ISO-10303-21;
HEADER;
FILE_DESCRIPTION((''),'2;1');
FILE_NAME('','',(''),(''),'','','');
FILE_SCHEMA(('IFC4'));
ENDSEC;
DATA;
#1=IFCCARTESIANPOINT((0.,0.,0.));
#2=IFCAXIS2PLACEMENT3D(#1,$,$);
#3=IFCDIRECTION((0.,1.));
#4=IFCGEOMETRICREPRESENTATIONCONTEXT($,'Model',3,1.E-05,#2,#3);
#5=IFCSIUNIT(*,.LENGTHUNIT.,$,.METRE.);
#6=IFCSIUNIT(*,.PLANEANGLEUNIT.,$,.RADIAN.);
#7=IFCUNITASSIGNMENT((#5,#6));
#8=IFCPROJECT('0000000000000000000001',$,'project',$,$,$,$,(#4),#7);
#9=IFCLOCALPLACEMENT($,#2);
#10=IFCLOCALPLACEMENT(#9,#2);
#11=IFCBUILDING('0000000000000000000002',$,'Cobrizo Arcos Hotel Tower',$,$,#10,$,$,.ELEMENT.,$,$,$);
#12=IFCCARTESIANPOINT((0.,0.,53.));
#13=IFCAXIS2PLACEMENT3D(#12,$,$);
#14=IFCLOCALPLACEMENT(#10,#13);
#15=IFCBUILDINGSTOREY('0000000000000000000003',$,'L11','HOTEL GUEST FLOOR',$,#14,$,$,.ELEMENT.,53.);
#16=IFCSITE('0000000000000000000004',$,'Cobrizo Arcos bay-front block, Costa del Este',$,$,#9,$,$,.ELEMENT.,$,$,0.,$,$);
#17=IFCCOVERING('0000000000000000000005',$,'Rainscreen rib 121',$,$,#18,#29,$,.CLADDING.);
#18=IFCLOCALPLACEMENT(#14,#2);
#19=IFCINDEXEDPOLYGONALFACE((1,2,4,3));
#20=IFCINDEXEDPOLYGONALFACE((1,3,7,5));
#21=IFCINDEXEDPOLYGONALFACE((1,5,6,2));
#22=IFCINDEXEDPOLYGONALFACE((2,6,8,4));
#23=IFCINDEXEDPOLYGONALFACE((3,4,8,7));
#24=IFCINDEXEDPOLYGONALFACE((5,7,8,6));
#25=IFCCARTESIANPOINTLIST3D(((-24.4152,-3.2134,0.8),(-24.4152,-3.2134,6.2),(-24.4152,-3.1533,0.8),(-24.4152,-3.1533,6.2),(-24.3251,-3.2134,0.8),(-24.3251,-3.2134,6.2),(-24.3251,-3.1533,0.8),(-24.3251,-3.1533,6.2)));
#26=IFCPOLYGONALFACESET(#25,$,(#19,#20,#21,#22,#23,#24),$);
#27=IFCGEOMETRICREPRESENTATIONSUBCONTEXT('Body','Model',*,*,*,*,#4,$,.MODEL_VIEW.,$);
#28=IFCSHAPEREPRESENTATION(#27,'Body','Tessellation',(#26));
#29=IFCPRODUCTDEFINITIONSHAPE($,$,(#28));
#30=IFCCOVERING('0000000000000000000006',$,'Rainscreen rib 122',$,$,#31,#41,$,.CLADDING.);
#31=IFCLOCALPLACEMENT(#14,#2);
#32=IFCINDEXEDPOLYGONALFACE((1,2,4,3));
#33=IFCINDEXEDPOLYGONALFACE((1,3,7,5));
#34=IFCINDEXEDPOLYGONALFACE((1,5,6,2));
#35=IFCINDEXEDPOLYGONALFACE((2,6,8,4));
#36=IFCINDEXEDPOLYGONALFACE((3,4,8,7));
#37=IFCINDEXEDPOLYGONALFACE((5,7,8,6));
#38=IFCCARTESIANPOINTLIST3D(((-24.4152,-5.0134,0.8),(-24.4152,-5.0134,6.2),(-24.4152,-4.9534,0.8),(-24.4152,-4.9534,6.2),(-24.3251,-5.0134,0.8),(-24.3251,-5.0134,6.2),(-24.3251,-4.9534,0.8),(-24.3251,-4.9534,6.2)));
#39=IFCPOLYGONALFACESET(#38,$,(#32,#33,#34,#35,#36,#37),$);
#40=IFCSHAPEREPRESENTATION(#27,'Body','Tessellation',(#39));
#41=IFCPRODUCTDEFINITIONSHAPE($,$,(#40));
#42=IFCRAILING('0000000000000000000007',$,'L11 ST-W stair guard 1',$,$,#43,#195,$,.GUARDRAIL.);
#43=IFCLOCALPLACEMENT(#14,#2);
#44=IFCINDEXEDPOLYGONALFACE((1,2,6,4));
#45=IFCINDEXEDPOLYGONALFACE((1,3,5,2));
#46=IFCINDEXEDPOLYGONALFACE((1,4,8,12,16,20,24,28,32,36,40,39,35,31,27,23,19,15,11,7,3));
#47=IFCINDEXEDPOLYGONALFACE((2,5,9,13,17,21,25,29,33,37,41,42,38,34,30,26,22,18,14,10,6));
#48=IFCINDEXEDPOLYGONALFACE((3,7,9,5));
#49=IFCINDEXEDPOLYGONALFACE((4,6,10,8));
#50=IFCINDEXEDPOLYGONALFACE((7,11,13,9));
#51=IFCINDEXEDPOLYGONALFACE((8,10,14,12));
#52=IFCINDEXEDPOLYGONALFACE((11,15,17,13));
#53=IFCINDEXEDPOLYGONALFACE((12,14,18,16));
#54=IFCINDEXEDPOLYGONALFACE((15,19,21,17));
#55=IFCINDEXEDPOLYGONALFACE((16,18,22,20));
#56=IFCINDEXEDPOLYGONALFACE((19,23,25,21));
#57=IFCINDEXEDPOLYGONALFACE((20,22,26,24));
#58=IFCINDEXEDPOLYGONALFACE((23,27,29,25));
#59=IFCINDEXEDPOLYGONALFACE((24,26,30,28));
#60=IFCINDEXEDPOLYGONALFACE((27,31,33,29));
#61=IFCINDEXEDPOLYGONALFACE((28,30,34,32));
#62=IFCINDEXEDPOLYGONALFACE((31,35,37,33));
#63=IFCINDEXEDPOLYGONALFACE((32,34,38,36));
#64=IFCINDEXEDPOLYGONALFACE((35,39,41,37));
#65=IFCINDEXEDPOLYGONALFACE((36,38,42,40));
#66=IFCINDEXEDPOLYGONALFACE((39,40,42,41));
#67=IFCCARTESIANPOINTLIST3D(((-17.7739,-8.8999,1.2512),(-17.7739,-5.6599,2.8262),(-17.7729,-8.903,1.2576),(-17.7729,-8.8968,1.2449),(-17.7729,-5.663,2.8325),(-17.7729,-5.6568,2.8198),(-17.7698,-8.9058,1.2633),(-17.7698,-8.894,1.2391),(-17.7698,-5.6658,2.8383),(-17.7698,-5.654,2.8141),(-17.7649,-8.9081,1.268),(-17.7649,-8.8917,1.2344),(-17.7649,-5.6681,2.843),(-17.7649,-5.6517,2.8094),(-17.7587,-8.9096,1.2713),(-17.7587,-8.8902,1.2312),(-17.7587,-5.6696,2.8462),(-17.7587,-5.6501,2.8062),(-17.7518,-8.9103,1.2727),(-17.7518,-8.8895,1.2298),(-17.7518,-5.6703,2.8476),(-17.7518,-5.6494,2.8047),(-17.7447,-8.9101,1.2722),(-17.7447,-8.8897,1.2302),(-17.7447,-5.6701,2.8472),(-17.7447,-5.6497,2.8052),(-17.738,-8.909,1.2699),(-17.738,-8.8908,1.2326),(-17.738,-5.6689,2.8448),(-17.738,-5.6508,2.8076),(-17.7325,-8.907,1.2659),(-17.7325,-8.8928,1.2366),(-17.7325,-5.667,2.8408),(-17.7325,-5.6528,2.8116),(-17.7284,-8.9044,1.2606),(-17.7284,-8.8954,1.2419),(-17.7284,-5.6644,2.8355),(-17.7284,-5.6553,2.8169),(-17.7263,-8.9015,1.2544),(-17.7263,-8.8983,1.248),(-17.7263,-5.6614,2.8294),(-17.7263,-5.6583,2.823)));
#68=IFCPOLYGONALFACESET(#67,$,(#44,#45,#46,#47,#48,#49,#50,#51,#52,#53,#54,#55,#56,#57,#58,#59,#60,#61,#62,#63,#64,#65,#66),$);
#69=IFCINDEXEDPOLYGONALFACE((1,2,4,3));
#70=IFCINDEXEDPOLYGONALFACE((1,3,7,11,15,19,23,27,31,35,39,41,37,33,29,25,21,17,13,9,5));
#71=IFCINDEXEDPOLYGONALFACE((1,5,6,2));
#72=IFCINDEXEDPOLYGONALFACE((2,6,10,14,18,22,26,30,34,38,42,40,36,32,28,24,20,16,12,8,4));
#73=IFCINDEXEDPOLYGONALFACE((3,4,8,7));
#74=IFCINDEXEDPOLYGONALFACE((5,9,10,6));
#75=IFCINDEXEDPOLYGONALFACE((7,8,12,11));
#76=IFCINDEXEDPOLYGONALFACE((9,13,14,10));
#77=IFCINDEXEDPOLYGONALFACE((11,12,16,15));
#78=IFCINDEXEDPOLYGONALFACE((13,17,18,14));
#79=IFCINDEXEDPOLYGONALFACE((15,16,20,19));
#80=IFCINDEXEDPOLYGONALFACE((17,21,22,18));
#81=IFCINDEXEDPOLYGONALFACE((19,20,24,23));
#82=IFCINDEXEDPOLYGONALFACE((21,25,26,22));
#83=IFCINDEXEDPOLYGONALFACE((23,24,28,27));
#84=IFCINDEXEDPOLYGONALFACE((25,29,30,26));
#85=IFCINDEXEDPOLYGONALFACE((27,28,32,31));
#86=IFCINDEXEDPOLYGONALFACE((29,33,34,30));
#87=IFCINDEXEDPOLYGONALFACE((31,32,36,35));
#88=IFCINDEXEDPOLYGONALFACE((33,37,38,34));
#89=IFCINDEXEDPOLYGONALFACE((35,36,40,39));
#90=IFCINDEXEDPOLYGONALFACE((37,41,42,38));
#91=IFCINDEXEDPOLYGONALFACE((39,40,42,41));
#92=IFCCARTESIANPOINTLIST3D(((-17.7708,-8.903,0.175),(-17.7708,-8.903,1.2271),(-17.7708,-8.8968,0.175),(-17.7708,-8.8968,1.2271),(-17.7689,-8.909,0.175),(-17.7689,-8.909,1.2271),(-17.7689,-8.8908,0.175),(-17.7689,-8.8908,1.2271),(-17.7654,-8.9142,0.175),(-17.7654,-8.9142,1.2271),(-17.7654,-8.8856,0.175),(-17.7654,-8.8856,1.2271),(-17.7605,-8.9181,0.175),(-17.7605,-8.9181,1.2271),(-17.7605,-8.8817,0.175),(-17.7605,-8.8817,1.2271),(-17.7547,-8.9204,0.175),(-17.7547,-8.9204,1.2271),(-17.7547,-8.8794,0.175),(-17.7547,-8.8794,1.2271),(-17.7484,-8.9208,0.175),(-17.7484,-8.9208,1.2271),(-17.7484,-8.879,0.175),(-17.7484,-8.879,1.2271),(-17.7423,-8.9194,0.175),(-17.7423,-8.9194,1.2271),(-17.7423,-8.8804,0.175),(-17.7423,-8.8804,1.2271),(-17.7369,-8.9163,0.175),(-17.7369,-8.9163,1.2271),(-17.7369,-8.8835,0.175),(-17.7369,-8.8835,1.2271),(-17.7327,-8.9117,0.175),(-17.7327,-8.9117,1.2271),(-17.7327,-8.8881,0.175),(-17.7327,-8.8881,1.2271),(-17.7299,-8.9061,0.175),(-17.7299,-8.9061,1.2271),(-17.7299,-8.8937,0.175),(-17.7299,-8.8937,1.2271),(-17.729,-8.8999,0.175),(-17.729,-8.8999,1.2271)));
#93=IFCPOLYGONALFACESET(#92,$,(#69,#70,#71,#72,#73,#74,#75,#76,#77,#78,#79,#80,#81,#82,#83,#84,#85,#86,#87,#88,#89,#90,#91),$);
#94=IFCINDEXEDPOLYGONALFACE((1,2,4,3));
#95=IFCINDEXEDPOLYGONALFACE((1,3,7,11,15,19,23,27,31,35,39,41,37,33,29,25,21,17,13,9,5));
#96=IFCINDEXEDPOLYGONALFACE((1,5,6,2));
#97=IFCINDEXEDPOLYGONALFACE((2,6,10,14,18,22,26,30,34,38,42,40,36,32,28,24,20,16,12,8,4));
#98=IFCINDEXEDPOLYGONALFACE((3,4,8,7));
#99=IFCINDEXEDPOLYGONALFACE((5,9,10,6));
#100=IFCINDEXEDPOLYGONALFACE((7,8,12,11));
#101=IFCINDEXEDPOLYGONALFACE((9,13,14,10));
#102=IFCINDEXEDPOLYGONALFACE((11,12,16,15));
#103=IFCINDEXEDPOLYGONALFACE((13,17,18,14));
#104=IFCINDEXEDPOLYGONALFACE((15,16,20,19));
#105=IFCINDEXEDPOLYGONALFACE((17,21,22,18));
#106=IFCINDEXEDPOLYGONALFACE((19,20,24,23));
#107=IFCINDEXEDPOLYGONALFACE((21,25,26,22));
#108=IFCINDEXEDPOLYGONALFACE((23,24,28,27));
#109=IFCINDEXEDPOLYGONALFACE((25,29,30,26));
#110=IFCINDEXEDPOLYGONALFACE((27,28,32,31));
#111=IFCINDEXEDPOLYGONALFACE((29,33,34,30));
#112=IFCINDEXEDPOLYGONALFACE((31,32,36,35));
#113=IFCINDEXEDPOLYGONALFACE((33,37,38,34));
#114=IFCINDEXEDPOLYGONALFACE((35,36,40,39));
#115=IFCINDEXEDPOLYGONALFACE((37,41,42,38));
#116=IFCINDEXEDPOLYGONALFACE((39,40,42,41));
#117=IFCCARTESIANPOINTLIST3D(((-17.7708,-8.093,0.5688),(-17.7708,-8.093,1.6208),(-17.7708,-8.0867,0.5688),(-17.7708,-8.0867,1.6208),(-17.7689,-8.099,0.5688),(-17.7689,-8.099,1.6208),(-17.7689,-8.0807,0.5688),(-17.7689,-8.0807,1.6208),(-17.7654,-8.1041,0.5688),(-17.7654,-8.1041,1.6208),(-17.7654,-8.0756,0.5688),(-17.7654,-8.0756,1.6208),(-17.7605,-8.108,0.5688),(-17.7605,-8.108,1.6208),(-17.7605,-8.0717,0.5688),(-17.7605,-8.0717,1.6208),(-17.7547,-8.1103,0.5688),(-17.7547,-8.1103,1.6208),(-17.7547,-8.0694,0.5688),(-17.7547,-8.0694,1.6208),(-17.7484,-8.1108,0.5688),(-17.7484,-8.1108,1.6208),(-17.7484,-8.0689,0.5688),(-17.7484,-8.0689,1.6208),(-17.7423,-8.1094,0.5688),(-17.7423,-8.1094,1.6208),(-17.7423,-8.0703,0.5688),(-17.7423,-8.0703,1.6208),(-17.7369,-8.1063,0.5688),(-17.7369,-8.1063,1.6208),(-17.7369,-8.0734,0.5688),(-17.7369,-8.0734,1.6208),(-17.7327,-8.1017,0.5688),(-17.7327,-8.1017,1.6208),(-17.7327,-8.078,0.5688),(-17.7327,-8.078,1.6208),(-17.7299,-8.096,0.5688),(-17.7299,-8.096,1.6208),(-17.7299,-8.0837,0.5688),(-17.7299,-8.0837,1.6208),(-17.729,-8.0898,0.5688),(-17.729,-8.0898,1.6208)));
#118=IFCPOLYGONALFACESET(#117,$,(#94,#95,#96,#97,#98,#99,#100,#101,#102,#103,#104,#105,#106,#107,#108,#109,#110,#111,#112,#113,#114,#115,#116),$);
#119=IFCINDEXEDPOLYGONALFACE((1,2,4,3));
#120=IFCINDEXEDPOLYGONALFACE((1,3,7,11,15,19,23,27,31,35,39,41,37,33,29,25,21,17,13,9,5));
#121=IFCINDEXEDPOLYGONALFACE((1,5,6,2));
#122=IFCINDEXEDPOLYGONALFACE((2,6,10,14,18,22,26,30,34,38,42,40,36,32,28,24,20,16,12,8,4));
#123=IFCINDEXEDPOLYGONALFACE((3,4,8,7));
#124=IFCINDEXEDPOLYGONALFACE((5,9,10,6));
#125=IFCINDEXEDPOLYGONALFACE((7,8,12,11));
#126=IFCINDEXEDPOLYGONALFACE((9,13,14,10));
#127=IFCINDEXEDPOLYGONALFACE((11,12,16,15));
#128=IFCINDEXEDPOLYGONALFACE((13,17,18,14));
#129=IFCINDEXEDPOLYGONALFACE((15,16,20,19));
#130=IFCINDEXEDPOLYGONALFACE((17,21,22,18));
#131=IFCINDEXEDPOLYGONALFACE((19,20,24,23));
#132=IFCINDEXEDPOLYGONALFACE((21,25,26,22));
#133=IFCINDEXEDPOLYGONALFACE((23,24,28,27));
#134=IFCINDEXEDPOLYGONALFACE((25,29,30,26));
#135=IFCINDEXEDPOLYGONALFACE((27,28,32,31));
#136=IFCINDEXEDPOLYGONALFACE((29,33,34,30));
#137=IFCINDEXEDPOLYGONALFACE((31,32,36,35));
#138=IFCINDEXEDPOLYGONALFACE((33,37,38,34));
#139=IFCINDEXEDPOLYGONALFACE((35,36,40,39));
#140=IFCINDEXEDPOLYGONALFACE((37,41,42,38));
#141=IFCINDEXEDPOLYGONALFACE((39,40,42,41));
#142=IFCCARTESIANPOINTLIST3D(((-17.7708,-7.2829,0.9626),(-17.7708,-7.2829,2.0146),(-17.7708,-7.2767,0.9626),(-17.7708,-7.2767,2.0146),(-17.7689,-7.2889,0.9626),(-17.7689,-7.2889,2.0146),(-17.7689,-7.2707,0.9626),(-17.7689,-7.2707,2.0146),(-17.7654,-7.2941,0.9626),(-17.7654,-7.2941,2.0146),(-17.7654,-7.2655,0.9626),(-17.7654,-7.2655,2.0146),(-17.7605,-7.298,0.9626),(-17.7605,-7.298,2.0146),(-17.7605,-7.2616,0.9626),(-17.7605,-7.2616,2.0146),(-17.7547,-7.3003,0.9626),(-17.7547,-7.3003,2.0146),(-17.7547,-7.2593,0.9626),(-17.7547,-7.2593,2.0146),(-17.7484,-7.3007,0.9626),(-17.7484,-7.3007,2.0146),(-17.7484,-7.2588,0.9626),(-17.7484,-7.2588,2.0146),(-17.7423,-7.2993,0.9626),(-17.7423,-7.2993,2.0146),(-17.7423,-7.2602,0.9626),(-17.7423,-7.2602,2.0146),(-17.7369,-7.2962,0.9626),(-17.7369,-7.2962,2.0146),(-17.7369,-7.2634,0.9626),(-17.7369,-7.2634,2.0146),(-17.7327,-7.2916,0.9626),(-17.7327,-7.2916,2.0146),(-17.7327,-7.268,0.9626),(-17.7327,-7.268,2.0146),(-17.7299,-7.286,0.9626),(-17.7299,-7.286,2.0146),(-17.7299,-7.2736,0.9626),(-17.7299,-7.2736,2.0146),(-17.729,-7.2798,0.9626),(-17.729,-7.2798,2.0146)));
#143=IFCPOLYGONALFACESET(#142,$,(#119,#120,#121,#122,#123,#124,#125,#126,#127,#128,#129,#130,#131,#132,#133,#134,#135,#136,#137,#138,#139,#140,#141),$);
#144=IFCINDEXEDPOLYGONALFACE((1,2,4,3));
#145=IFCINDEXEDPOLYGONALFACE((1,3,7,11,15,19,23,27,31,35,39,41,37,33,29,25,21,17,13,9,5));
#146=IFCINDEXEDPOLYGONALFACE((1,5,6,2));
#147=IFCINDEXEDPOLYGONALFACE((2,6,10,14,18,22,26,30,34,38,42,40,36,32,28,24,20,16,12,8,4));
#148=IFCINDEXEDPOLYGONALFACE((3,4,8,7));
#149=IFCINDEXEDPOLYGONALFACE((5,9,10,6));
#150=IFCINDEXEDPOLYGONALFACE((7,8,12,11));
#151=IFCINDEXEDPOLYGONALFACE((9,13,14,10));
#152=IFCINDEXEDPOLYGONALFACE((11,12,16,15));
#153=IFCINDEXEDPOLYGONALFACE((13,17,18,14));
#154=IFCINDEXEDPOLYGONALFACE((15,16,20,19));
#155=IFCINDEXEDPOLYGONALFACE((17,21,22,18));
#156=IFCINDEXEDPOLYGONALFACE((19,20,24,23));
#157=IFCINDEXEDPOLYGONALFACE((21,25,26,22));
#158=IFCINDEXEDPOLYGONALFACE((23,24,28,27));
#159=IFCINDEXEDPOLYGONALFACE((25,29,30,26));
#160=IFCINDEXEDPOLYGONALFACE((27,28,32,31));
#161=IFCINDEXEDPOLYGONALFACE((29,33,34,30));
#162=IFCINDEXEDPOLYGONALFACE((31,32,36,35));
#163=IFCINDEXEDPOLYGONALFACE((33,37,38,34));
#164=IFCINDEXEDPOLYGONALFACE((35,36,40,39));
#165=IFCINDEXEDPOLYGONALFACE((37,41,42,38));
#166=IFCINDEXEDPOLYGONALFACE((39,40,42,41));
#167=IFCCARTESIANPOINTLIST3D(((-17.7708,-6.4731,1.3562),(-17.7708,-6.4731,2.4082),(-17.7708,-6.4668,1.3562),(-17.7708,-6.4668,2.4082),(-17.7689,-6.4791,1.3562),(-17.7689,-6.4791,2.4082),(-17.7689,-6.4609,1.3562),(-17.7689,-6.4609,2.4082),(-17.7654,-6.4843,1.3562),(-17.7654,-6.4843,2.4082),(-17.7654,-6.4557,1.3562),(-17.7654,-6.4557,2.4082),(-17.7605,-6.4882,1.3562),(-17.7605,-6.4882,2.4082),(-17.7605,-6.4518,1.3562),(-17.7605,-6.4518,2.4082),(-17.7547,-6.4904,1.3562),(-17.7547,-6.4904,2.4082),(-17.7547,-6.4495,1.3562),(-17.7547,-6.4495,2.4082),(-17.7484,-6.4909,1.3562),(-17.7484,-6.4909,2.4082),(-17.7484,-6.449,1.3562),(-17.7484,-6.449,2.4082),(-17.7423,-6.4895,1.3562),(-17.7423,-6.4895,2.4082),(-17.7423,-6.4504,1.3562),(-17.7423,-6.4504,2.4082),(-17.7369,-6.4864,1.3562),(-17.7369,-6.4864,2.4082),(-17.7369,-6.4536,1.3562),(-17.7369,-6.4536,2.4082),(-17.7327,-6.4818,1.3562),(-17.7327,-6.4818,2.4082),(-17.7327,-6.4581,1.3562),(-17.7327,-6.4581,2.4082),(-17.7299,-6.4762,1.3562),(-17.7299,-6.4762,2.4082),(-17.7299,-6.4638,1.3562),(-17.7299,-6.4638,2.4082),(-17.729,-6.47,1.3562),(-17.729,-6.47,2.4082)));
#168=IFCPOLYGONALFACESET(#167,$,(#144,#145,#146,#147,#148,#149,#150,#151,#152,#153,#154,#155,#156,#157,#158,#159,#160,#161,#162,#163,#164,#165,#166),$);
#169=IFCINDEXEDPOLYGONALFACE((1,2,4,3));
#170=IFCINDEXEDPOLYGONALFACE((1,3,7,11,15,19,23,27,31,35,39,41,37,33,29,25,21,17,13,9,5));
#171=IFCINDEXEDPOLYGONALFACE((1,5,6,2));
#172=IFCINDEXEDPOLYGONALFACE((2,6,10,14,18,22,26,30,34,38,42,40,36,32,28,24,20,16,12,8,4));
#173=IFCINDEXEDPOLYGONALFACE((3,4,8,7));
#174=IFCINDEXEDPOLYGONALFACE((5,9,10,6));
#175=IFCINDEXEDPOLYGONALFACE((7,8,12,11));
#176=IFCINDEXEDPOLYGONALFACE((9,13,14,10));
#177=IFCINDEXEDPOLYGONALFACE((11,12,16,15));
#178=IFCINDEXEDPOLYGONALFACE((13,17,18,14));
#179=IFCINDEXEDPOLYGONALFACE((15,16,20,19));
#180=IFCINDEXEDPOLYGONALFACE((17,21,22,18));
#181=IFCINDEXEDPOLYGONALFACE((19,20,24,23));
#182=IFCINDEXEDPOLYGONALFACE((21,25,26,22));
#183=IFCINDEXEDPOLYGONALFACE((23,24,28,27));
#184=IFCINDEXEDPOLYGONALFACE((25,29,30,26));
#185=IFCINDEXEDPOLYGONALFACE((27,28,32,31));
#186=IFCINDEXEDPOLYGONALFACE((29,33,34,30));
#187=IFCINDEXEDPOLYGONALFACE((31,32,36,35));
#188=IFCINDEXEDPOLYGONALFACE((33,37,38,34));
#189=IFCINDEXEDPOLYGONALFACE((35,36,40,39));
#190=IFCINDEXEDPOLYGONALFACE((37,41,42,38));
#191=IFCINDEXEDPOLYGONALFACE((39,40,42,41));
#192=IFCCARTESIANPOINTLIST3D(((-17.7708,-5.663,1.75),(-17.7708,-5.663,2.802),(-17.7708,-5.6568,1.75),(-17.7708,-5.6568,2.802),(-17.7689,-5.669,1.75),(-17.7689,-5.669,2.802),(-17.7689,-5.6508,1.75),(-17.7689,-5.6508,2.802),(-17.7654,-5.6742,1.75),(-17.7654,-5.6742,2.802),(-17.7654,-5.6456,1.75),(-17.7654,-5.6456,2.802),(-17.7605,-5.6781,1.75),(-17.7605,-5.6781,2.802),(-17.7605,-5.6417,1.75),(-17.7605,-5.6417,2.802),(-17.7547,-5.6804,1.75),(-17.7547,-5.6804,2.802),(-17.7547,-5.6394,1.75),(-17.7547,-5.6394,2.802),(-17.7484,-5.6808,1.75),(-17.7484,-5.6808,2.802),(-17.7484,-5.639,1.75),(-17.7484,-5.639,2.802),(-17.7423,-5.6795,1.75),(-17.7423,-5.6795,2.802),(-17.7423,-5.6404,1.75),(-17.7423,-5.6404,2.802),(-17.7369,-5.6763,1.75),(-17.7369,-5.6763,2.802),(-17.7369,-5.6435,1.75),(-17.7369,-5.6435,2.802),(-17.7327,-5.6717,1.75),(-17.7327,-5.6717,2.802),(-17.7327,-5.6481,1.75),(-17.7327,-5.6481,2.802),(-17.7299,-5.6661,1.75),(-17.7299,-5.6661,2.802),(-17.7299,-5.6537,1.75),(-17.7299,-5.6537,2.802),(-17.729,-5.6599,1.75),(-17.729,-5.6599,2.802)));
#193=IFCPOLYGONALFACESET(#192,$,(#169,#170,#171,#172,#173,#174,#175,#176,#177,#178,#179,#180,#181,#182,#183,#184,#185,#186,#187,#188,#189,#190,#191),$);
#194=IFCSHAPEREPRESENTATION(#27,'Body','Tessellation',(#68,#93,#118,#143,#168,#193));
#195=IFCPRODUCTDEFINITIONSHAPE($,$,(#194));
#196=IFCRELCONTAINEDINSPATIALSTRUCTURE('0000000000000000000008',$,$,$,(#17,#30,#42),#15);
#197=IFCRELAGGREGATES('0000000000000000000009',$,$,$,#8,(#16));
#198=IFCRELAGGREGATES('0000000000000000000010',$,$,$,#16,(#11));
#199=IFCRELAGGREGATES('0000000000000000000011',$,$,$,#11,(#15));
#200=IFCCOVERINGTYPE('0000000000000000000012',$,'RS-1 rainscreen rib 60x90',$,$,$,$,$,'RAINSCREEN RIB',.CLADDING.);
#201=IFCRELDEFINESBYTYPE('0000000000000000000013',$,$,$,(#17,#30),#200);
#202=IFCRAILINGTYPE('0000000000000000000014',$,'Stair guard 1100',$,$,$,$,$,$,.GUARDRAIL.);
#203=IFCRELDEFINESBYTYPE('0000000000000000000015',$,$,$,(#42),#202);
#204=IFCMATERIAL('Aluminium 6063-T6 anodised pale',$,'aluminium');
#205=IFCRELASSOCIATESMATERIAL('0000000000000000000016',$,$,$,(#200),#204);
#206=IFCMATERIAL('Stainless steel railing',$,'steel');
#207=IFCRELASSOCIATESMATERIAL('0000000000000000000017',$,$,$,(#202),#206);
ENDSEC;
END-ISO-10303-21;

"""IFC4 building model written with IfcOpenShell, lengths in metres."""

from ifc_helpers import new_model, si_unit, direction, frame, origin, origin_2d, place, context, subcontext, project, spatial, rectangle, circle, extrude, material, type_object, element, save


model = new_model("IFC4")

# Units and contexts
model_context = context("Model", 3, precision=1e-05, world=origin(), true_north=direction((0.0, 1.0)))
body_context = subcontext(model_context, "Body", "Model", "MODEL_VIEW")
ifc_project = project(units=[si_unit("LENGTHUNIT", "METRE"), si_unit("PLANEANGLEUNIT", "RADIAN")], contexts=[model_context])

# Site, building, storey
site_placement = place(None, origin())
site = spatial("IfcSite", under=ifc_project, at=site_placement, Name="Cobrizo Arcos bay-front block, Costa del Este", CompositionType="ELEMENT", RefElevation=0.0)
building_placement = place(site_placement, origin())
building = spatial("IfcBuilding", under=site, at=building_placement, Name="Cobrizo Arcos Hotel Tower", CompositionType="ELEMENT")
storey_placement = place(building_placement, frame((0.0, 0.0, 53.0)))
storey = spatial("IfcBuildingStorey", under=building, at=storey_placement, Name="L11", Description="HOTEL GUEST FLOOR", CompositionType="ELEMENT", Elevation=53.0)

# Coverings
ifc_material_1 = material(Name="Aluminium 6063-T6 anodised pale", Category="aluminium")
covering_type_1 = type_object("IfcCoveringType", Name="RS-1 rainscreen rib 60x90", ElementType="RAINSCREEN RIB", PredefinedType="CLADDING", material=ifc_material_1)
for number, where, z_axis, x_axis, name in (
    (1, (-24.3701, -3.1833, 0.8), (0.0, 0.0, 1.0), (0.0, -1.0, 0.0), "Rainscreen rib 121"),
    (2, (-24.3701, -4.9834, 0.8), (0.0, 0.0, 1.0), (0.0, -1.0, 0.0), "Rainscreen rib 122"),
):
    element("IfcCovering", number, at=place(storey_placement, frame(where, z_axis=z_axis, x_axis=x_axis)), inside=storey, type_object=covering_type_1, Name=name, PredefinedType="CLADDING", context=body_context, shape_type="SweptSolid", body=[
        extrude(rectangle(XDim=0.0601, YDim=0.0901, at=origin_2d()), origin(), (0.0, 0.0, 1.0), 5.3999),
    ])

# Railing
ifc_material_2 = material(Name="Stainless steel railing", Category="steel")
railing_type_1 = type_object("IfcRailingType", Name="Stair guard 1100", PredefinedType="GUARDRAIL", material=ifc_material_2)
railing_1_placement = place(storey_placement, frame((-17.75, -8.8999, 0.175)))
element("IfcRailing", 3, at=railing_1_placement, inside=storey, type_object=railing_type_1, Name="L11 ST-W stair guard 1", PredefinedType="GUARDRAIL", context=body_context, shape_type="SweptSolid", body=[
    extrude(circle(Radius=0.0239, at=origin_2d()), frame((0.0, 0.0, 1.0762), z_axis=(0.0, 0.899373, 0.437183), x_axis=(-1.0, 0.0, 0.0)), (0.0, 0.0, 1.0), 3.6025),
    extrude(circle(Radius=0.021, at=origin_2d()), origin(), (0.0, 0.0, 1.0), 1.052),
    extrude(circle(Radius=0.021, at=origin_2d()), frame((0.0, 0.8101, 0.3938)), (0.0, 0.0, 1.0), 1.052),
    extrude(circle(Radius=0.021, at=origin_2d()), frame((0.0, 1.6201, 0.7876)), (0.0, 0.0, 1.0), 1.052),
    extrude(circle(Radius=0.021, at=origin_2d()), frame((0.0, 2.4299, 1.1812)), (0.0, 0.0, 1.0), 1.052),
    extrude(circle(Radius=0.021, at=origin_2d()), frame((0.0, 3.24, 1.575)), (0.0, 0.0, 1.0), 1.052),
])

save(model, "model.ifc")
